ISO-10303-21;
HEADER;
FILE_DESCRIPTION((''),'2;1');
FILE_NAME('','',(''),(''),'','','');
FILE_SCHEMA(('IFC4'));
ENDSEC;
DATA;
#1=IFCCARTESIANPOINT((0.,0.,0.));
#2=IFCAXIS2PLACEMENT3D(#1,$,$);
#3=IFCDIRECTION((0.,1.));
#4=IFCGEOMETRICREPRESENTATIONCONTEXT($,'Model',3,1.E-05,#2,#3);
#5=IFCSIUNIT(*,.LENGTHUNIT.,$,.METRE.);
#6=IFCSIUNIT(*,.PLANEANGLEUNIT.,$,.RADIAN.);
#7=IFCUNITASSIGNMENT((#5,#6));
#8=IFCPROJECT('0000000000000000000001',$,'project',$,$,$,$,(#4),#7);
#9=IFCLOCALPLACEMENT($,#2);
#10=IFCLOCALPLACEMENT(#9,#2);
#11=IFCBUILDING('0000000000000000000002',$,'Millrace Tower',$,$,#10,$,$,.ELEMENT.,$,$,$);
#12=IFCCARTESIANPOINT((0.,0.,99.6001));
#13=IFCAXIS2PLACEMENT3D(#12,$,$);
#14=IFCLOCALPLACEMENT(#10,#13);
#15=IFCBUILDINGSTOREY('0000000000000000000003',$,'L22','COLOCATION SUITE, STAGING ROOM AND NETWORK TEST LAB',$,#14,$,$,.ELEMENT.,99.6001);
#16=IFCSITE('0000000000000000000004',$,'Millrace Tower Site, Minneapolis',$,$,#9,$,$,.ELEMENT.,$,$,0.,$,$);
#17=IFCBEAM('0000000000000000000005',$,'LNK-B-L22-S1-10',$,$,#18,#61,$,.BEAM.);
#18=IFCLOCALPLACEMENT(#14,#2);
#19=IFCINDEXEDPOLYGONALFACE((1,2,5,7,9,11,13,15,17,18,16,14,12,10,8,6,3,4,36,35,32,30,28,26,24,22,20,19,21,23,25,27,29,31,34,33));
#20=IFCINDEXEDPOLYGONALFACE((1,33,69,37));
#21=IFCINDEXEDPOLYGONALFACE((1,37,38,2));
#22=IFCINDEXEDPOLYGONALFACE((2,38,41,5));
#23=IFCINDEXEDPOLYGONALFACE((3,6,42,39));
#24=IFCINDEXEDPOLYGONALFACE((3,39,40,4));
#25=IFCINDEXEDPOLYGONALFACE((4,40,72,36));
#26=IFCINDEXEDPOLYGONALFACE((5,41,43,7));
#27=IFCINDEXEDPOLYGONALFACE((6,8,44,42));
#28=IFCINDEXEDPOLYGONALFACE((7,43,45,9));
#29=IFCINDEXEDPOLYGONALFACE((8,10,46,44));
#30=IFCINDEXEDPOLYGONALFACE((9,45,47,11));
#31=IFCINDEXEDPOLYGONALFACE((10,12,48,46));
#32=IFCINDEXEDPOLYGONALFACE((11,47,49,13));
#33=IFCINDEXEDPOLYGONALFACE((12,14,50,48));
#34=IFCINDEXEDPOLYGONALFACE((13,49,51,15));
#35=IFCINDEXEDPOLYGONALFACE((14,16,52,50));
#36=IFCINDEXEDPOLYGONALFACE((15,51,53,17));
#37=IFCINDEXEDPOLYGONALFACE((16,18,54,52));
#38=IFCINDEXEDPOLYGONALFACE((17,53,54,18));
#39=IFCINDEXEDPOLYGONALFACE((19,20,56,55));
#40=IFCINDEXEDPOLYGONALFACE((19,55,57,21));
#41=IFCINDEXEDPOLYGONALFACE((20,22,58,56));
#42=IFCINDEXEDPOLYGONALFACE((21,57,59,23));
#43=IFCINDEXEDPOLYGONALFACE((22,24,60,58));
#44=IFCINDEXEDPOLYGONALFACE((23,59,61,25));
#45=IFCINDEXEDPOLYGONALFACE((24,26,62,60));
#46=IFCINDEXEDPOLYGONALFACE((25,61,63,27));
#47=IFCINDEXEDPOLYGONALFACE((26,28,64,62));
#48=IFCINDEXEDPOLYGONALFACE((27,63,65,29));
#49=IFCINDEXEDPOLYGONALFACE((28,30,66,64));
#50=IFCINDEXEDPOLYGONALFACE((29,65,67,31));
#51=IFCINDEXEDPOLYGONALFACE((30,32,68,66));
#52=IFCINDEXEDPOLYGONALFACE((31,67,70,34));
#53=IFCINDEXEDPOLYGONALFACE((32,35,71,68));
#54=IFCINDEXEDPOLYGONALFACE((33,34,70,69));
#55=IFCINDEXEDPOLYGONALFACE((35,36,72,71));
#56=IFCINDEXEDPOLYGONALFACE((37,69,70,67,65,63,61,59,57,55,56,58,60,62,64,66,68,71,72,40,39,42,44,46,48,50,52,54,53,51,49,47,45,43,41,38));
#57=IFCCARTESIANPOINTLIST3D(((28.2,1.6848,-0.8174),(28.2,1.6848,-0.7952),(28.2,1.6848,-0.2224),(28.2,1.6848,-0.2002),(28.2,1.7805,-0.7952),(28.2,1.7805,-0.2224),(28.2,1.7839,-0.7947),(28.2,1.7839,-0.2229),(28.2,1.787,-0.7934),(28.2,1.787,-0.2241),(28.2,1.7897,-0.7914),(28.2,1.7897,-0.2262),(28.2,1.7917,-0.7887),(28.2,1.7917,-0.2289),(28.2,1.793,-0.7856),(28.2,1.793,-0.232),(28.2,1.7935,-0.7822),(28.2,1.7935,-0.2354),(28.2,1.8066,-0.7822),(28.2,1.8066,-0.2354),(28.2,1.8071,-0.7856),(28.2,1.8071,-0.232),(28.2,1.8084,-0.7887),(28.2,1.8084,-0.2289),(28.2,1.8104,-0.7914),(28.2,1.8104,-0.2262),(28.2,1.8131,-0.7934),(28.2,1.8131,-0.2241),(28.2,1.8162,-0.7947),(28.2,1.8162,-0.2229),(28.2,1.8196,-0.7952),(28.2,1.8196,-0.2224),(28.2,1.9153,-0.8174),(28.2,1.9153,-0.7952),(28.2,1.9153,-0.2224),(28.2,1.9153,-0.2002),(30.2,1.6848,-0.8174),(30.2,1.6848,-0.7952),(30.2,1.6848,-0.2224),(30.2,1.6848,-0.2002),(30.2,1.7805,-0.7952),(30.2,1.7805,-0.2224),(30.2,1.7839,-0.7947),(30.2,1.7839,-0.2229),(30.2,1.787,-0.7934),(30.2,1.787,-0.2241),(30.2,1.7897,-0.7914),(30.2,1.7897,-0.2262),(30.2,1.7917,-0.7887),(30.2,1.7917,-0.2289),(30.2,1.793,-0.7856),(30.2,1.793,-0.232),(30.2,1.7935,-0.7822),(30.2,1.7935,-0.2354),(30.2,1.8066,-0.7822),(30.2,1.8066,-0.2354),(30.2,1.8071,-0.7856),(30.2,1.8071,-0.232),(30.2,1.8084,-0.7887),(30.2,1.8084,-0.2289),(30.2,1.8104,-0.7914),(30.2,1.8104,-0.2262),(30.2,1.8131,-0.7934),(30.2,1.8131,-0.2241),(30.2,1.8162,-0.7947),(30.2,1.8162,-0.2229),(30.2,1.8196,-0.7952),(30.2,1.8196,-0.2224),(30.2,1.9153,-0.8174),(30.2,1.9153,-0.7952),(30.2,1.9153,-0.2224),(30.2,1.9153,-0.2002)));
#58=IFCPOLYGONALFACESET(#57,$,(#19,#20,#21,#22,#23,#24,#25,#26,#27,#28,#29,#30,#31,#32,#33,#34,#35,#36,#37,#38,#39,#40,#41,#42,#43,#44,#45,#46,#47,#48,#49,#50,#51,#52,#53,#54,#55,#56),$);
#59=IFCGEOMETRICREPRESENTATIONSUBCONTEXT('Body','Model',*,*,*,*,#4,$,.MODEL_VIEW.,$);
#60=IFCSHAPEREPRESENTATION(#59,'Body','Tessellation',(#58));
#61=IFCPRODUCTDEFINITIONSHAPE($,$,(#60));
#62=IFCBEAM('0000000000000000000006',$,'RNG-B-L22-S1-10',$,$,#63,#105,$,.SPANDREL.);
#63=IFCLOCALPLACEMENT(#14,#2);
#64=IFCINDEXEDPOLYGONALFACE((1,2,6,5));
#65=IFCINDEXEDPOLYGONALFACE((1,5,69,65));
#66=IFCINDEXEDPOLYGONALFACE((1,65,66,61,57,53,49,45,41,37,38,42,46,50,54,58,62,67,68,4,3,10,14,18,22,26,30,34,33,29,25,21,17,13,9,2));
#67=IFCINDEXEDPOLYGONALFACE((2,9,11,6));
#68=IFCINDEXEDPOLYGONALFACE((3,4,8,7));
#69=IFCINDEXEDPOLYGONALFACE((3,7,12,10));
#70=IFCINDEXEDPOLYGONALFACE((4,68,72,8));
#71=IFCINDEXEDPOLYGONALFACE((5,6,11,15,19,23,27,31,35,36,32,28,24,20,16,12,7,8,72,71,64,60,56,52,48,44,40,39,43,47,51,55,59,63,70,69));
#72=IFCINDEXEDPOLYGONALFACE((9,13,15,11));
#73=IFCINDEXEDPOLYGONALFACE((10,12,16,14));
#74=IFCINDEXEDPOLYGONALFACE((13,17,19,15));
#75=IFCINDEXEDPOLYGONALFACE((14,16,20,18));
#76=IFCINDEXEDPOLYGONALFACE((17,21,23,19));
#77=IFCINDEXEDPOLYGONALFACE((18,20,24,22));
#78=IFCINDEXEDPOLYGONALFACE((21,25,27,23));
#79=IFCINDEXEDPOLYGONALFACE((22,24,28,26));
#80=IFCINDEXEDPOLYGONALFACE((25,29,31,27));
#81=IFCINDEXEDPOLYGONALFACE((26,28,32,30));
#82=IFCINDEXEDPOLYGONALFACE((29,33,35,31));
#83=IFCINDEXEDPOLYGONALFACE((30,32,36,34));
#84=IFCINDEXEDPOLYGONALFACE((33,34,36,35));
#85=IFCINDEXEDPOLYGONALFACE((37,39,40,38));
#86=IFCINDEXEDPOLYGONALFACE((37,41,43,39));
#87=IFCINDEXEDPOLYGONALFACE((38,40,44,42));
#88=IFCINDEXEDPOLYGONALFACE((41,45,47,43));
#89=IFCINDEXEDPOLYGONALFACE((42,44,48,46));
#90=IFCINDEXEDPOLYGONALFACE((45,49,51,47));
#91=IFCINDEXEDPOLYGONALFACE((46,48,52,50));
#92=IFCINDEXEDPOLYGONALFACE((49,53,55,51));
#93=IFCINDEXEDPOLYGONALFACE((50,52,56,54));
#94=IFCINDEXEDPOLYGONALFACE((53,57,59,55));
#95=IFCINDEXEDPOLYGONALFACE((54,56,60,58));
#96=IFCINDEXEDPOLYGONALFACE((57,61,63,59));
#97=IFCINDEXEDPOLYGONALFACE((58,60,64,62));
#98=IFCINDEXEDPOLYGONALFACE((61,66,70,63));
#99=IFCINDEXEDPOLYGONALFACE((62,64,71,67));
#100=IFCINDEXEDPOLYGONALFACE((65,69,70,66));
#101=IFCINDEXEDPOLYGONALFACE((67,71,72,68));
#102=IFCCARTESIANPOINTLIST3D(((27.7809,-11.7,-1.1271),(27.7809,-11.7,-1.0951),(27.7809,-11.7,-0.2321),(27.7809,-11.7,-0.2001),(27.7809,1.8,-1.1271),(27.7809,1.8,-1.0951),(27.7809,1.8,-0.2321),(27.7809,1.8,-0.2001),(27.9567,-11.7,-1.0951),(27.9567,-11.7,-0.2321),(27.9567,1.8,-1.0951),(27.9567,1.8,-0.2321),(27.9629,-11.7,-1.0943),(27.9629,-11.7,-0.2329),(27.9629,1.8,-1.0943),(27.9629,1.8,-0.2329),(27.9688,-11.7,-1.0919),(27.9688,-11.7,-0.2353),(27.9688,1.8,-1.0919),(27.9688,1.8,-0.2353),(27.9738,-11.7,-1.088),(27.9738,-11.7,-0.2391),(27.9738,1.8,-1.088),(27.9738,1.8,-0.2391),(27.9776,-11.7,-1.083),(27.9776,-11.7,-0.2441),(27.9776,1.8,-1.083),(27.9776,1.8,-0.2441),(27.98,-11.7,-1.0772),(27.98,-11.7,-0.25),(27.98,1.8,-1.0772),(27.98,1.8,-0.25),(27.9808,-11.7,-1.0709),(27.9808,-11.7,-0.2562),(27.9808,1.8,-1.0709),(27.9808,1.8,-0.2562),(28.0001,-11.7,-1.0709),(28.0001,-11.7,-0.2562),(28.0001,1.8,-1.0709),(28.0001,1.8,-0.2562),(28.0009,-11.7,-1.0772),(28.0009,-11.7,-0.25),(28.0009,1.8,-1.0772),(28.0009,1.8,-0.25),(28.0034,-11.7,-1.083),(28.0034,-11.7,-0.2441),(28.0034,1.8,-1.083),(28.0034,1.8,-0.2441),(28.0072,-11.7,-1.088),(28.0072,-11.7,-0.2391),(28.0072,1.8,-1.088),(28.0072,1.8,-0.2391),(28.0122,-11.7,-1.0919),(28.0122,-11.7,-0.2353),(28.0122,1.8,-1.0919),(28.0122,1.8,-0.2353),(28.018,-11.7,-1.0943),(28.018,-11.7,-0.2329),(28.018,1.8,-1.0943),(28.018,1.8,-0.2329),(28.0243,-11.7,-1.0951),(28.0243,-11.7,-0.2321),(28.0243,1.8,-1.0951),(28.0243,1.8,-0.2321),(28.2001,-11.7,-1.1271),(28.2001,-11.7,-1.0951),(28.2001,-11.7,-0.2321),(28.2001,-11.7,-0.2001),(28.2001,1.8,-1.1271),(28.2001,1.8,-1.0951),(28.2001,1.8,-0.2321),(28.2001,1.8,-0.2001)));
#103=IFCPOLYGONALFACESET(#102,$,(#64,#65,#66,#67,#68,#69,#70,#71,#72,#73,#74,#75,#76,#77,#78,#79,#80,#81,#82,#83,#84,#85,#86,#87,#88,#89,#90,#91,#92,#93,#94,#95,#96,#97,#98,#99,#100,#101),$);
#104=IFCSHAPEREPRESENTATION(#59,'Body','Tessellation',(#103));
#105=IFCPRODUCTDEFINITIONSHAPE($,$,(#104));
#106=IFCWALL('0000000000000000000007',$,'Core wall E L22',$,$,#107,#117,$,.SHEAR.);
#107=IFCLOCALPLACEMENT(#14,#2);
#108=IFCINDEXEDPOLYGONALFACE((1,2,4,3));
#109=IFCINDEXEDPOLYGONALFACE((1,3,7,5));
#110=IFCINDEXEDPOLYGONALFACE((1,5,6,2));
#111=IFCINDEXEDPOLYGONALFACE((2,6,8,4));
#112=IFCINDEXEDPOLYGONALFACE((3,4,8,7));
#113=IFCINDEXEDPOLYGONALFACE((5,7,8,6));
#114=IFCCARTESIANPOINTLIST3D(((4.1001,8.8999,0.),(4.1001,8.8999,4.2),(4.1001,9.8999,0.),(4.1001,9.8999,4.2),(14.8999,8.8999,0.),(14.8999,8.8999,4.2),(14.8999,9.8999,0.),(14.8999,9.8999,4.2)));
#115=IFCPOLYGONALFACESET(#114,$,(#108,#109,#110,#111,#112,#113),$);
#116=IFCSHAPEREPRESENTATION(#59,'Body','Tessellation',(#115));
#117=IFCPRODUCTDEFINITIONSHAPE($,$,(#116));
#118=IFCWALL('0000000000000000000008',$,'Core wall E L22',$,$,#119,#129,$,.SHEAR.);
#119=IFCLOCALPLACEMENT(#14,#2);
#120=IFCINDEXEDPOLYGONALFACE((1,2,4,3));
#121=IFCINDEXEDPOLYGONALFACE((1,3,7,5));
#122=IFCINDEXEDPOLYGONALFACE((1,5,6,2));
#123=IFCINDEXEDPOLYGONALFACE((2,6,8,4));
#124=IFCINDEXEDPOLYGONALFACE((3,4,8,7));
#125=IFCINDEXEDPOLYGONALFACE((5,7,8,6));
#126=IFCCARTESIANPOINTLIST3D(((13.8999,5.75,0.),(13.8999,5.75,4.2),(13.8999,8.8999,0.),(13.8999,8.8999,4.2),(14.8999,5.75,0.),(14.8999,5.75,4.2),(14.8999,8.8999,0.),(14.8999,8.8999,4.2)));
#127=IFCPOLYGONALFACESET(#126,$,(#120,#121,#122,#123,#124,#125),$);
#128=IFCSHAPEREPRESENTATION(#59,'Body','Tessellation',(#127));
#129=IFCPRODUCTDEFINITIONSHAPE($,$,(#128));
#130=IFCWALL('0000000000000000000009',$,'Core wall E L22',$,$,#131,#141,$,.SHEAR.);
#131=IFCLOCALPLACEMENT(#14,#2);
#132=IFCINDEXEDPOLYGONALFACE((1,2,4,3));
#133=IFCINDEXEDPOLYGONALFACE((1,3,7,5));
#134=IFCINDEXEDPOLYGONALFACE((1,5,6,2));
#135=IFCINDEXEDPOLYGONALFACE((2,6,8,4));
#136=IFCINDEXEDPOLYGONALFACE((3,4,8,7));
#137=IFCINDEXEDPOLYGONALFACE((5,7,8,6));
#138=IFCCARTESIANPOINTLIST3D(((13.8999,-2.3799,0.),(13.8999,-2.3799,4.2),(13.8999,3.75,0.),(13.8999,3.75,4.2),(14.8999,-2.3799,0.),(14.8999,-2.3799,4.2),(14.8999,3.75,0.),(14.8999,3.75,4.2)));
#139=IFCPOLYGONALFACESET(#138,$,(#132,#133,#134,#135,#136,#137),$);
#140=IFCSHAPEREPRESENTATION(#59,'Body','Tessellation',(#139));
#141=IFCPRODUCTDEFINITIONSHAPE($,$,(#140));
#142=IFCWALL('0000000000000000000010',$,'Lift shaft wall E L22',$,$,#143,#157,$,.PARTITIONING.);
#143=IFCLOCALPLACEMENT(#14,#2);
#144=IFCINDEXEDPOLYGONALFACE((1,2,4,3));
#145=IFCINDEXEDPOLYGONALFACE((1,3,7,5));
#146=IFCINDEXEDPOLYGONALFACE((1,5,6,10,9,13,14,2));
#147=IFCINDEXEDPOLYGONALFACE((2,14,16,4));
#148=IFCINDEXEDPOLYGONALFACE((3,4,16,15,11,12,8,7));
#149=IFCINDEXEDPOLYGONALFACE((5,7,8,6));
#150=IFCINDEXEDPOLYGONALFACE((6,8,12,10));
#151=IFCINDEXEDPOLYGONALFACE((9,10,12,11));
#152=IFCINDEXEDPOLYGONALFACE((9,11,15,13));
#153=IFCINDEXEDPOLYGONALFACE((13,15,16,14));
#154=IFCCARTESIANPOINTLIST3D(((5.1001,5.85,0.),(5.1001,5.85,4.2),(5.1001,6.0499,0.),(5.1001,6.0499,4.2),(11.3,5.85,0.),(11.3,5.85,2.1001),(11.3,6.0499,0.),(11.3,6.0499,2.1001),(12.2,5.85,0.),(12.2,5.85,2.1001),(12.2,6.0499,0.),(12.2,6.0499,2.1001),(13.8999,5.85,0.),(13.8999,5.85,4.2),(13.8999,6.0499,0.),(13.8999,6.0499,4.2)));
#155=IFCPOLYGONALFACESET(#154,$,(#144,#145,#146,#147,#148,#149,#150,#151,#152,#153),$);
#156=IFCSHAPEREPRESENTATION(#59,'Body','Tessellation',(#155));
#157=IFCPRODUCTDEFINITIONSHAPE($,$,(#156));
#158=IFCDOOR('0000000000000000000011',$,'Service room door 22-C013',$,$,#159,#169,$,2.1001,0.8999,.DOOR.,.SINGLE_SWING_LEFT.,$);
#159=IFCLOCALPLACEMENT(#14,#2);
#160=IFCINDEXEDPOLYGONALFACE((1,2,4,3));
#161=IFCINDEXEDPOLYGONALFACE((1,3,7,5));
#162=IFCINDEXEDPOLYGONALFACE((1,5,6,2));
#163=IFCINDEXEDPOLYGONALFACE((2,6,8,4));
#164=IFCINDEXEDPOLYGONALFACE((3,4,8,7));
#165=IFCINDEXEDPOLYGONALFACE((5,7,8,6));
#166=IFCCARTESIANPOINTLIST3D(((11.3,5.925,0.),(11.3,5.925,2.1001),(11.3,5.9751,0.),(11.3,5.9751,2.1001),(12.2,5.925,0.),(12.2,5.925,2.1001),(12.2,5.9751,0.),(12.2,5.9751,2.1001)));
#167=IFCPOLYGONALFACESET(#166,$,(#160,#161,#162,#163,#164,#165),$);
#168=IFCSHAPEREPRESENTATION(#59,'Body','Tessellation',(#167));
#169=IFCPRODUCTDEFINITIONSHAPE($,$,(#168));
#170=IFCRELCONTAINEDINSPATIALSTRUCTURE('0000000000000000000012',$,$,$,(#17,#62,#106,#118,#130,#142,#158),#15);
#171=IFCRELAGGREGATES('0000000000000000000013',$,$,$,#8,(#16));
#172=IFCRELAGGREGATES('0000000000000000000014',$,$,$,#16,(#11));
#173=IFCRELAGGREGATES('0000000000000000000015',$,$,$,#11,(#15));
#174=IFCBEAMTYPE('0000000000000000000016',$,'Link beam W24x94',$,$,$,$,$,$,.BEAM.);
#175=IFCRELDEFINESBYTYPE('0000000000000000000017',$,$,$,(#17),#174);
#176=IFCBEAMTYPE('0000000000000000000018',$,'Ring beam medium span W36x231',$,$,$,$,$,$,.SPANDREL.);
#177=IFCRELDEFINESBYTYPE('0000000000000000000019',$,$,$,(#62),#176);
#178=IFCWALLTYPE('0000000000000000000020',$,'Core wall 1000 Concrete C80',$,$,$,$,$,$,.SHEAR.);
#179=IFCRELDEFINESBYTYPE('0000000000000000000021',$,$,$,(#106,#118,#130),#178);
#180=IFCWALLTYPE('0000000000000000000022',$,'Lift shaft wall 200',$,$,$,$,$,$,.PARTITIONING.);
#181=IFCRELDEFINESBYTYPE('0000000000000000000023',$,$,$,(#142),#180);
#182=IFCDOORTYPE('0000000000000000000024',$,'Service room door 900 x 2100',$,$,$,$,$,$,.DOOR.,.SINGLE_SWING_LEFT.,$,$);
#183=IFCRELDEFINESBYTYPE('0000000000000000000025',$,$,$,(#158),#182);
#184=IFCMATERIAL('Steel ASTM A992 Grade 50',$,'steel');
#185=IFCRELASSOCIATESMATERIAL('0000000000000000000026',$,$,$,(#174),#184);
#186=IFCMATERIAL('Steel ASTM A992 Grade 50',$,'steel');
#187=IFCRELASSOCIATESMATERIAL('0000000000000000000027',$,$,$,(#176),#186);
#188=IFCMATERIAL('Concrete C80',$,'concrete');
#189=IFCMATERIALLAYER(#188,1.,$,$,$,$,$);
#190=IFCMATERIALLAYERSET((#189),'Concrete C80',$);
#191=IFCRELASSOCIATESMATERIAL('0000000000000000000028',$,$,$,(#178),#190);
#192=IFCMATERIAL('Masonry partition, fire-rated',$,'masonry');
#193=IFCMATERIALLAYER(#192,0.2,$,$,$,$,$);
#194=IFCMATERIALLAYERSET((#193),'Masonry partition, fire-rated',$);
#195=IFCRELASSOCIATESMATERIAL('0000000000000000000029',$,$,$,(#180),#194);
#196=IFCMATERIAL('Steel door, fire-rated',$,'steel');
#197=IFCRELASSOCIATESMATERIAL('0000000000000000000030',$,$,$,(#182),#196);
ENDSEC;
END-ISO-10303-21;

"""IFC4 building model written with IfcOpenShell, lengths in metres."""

from ifc_helpers import new_model, si_unit, direction, frame, frame_2d, origin, origin_2d, place, context, subcontext, project, spatial, rectangle, i_section, extrude, material, layer, layer_set, material_profile, profile_set, type_object, element, fill, save


model = new_model("IFC4")

# Units and contexts
model_context = context("Model", 3, precision=1e-05, world=origin(), true_north=direction((0.0, 1.0)))
body_context = subcontext(model_context, "Body", "Model", "MODEL_VIEW")
ifc_project = project(units=[si_unit("LENGTHUNIT", "METRE"), si_unit("PLANEANGLEUNIT", "RADIAN")], contexts=[model_context])

# Site, building, storey
site_placement = place(None, origin())
site = spatial("IfcSite", under=ifc_project, at=site_placement, Name="Millrace Tower Site, Minneapolis", CompositionType="ELEMENT", RefElevation=0.0)
building_placement = place(site_placement, origin())
building = spatial("IfcBuilding", under=site, at=building_placement, Name="Millrace Tower", CompositionType="ELEMENT")
storey_placement = place(building_placement, frame((0.0, 0.0, 99.6001)))
storey = spatial("IfcBuildingStorey", under=building, at=storey_placement, Name="L22", Description="COLOCATION SUITE, STAGING ROOM AND NETWORK TEST LAB", CompositionType="ELEMENT", Elevation=99.6001)

# Beams
ifc_material_1 = material(Name="Steel ASTM A992 Grade 50", Category="steel")
ifc_material_profile_1 = material_profile(ifc_material_1, i_section(OverallWidth=0.2305, OverallDepth=0.6172, WebThickness=0.0132, FlangeThickness=0.0222, FilletRadius=0.0129, at=origin_2d()))
ifc_profile_set_1 = profile_set([ifc_material_profile_1], Name="Steel ASTM A992 Grade 50")
beam_type_1 = type_object("IfcBeamType", Name="Link beam W24x94", PredefinedType="BEAM", material=ifc_profile_set_1)
beam_1_placement = place(storey_placement, frame((28.2, 1.8, -0.5088), z_axis=(1.0, 0.0, 0.0), x_axis=(0.0, 1.0, 0.0)))
element("IfcBeam", 1, at=beam_1_placement, inside=storey, type_object=beam_type_1, Name="LNK-B-L22-S1-10", PredefinedType="BEAM", context=body_context, shape_type="SweptSolid", body=[
    extrude(i_section(OverallWidth=0.2305, OverallDepth=0.6172, WebThickness=0.0132, FlangeThickness=0.0222, FilletRadius=0.0129, at=origin_2d()), origin(), (0.0, 0.0, 1.0), 2.0),
])
ifc_material_2 = material(Name="Steel ASTM A992 Grade 50", Category="steel")
ifc_material_profile_2 = material_profile(ifc_material_2, i_section(OverallWidth=0.4192, OverallDepth=0.927, WebThickness=0.0193, FlangeThickness=0.032, FilletRadius=0.0242, at=origin_2d()))
ifc_profile_set_2 = profile_set([ifc_material_profile_2], Name="Steel ASTM A992 Grade 50")
beam_type_2 = type_object("IfcBeamType", Name="Ring beam medium span W36x231", PredefinedType="SPANDREL", material=ifc_profile_set_2)
beam_2_placement = place(storey_placement, frame((27.9905, 1.8, -0.6636), z_axis=(0.0, -1.0, 0.0), x_axis=(1.0, 0.0, 0.0)))
element("IfcBeam", 2, at=beam_2_placement, inside=storey, type_object=beam_type_2, Name="RNG-B-L22-S1-10", PredefinedType="SPANDREL", context=body_context, shape_type="SweptSolid", body=[
    extrude(i_section(OverallWidth=0.4192, OverallDepth=0.927, WebThickness=0.0193, FlangeThickness=0.032, FilletRadius=0.0242, at=origin_2d()), origin(), (0.0, 0.0, 1.0), 13.5),
])

# Walls
ifc_material_3 = material(Name="Concrete C80", Category="concrete")
ifc_layer_1 = layer(ifc_material_3, 1.0)
ifc_layer_set_1 = layer_set([ifc_layer_1], Name="Concrete C80")
wall_type_1 = type_object("IfcWallType", Name="Core wall 1000 Concrete C80", PredefinedType="SHEAR", material=ifc_layer_set_1)
wall_1_placement = place(storey_placement, frame((14.8999, 9.3999, 0.0), z_axis=(0.0, 0.0, 1.0), x_axis=(-1.0, 0.0, 0.0)))
element("IfcWall", 3, at=wall_1_placement, inside=storey, type_object=wall_type_1, Name="Core wall E L22", PredefinedType="SHEAR", context=body_context, shape_type="SweptSolid", body=[
    extrude(rectangle(XDim=10.7998, YDim=1.0, at=frame_2d((5.3999, 0.0))), origin(), (0.0, 0.0, 1.0), 4.2),
])
wall_2_placement = place(storey_placement, frame((14.3999, 8.8999, 0.0), z_axis=(0.0, 0.0, 1.0), x_axis=(0.0, -1.0, 0.0)))
element("IfcWall", 4, at=wall_2_placement, inside=storey, type_object=wall_type_1, Name="Core wall E L22", PredefinedType="SHEAR", context=body_context, shape_type="SweptSolid", body=[
    extrude(rectangle(XDim=3.1499, YDim=1.0, at=frame_2d((1.575, 0.0))), origin(), (0.0, 0.0, 1.0), 4.2),
])
wall_3_placement = place(storey_placement, frame((14.3999, 3.75, 0.0), z_axis=(0.0, 0.0, 1.0), x_axis=(0.0, -1.0, 0.0)))
element("IfcWall", 5, at=wall_3_placement, inside=storey, type_object=wall_type_1, Name="Core wall E L22", PredefinedType="SHEAR", context=body_context, shape_type="SweptSolid", body=[
    extrude(rectangle(XDim=6.1299, YDim=1.0, at=frame_2d((3.0649, 0.0))), origin(), (0.0, 0.0, 1.0), 4.2),
])

# Wall, opening, door
ifc_material_4 = material(Name="Masonry partition, fire-rated", Category="masonry")
ifc_layer_2 = layer(ifc_material_4, 0.2)
ifc_layer_set_2 = layer_set([ifc_layer_2], Name="Masonry partition, fire-rated")
wall_type_2 = type_object("IfcWallType", Name="Lift shaft wall 200", PredefinedType="PARTITIONING", material=ifc_layer_set_2)
wall_4_placement = place(storey_placement, frame((13.8999, 5.95, 0.0), z_axis=(0.0, 0.0, 1.0), x_axis=(-1.0, 0.0, 0.0)))
wall_4 = element("IfcWall", 6, at=wall_4_placement, inside=storey, type_object=wall_type_2, Name="Lift shaft wall E L22", PredefinedType="PARTITIONING", context=body_context, shape_type="SweptSolid", body=[
    extrude(rectangle(XDim=8.7998, YDim=0.2, at=frame_2d((4.3999, 0.0))), origin(), (0.0, 0.0, 1.0), 4.2),
])
opening_1_placement = place(wall_4_placement, frame((1.7, 0.0, 0.0)))
opening_1 = element("IfcOpeningElement", 7, at=opening_1_placement, cuts=wall_4, PredefinedType="OPENING", context=body_context, shape_type="SweptSolid", body=[
    extrude(rectangle(XDim=0.8999, YDim=2.1001, at=frame_2d((0.45, 1.05))), frame((0.0, 0.1099, 0.0), z_axis=(0.0, -1.0, 0.0), x_axis=(1.0, 0.0, 0.0)), (0.0, 0.0, 1.0), 0.22),
])
ifc_material_5 = material(Name="Steel door, fire-rated", Category="steel")
door_type_1 = type_object("IfcDoorType", Name="Service room door 900 x 2100", OperationType="SINGLE_SWING_LEFT", PredefinedType="DOOR", material=ifc_material_5)
door_1_placement = place(opening_1_placement, origin())
door_1 = element("IfcDoor", 8, at=door_1_placement, inside=storey, type_object=door_type_1, Name="Service room door 22-C013", OperationType="SINGLE_SWING_LEFT", OverallHeight=2.1001, OverallWidth=0.8999, PredefinedType="DOOR", context=body_context, shape_type="SweptSolid", body=[
    extrude(rectangle(XDim=0.8999, YDim=2.1001, at=frame_2d((0.45, 1.05))), frame((0.0, 0.0249, 0.0), z_axis=(0.0, -1.0, 0.0), x_axis=(1.0, 0.0, 0.0)), (0.0, 0.0, 1.0), 0.05),
])
fill(opening_1, door_1)

save(model, "model.ifc")
